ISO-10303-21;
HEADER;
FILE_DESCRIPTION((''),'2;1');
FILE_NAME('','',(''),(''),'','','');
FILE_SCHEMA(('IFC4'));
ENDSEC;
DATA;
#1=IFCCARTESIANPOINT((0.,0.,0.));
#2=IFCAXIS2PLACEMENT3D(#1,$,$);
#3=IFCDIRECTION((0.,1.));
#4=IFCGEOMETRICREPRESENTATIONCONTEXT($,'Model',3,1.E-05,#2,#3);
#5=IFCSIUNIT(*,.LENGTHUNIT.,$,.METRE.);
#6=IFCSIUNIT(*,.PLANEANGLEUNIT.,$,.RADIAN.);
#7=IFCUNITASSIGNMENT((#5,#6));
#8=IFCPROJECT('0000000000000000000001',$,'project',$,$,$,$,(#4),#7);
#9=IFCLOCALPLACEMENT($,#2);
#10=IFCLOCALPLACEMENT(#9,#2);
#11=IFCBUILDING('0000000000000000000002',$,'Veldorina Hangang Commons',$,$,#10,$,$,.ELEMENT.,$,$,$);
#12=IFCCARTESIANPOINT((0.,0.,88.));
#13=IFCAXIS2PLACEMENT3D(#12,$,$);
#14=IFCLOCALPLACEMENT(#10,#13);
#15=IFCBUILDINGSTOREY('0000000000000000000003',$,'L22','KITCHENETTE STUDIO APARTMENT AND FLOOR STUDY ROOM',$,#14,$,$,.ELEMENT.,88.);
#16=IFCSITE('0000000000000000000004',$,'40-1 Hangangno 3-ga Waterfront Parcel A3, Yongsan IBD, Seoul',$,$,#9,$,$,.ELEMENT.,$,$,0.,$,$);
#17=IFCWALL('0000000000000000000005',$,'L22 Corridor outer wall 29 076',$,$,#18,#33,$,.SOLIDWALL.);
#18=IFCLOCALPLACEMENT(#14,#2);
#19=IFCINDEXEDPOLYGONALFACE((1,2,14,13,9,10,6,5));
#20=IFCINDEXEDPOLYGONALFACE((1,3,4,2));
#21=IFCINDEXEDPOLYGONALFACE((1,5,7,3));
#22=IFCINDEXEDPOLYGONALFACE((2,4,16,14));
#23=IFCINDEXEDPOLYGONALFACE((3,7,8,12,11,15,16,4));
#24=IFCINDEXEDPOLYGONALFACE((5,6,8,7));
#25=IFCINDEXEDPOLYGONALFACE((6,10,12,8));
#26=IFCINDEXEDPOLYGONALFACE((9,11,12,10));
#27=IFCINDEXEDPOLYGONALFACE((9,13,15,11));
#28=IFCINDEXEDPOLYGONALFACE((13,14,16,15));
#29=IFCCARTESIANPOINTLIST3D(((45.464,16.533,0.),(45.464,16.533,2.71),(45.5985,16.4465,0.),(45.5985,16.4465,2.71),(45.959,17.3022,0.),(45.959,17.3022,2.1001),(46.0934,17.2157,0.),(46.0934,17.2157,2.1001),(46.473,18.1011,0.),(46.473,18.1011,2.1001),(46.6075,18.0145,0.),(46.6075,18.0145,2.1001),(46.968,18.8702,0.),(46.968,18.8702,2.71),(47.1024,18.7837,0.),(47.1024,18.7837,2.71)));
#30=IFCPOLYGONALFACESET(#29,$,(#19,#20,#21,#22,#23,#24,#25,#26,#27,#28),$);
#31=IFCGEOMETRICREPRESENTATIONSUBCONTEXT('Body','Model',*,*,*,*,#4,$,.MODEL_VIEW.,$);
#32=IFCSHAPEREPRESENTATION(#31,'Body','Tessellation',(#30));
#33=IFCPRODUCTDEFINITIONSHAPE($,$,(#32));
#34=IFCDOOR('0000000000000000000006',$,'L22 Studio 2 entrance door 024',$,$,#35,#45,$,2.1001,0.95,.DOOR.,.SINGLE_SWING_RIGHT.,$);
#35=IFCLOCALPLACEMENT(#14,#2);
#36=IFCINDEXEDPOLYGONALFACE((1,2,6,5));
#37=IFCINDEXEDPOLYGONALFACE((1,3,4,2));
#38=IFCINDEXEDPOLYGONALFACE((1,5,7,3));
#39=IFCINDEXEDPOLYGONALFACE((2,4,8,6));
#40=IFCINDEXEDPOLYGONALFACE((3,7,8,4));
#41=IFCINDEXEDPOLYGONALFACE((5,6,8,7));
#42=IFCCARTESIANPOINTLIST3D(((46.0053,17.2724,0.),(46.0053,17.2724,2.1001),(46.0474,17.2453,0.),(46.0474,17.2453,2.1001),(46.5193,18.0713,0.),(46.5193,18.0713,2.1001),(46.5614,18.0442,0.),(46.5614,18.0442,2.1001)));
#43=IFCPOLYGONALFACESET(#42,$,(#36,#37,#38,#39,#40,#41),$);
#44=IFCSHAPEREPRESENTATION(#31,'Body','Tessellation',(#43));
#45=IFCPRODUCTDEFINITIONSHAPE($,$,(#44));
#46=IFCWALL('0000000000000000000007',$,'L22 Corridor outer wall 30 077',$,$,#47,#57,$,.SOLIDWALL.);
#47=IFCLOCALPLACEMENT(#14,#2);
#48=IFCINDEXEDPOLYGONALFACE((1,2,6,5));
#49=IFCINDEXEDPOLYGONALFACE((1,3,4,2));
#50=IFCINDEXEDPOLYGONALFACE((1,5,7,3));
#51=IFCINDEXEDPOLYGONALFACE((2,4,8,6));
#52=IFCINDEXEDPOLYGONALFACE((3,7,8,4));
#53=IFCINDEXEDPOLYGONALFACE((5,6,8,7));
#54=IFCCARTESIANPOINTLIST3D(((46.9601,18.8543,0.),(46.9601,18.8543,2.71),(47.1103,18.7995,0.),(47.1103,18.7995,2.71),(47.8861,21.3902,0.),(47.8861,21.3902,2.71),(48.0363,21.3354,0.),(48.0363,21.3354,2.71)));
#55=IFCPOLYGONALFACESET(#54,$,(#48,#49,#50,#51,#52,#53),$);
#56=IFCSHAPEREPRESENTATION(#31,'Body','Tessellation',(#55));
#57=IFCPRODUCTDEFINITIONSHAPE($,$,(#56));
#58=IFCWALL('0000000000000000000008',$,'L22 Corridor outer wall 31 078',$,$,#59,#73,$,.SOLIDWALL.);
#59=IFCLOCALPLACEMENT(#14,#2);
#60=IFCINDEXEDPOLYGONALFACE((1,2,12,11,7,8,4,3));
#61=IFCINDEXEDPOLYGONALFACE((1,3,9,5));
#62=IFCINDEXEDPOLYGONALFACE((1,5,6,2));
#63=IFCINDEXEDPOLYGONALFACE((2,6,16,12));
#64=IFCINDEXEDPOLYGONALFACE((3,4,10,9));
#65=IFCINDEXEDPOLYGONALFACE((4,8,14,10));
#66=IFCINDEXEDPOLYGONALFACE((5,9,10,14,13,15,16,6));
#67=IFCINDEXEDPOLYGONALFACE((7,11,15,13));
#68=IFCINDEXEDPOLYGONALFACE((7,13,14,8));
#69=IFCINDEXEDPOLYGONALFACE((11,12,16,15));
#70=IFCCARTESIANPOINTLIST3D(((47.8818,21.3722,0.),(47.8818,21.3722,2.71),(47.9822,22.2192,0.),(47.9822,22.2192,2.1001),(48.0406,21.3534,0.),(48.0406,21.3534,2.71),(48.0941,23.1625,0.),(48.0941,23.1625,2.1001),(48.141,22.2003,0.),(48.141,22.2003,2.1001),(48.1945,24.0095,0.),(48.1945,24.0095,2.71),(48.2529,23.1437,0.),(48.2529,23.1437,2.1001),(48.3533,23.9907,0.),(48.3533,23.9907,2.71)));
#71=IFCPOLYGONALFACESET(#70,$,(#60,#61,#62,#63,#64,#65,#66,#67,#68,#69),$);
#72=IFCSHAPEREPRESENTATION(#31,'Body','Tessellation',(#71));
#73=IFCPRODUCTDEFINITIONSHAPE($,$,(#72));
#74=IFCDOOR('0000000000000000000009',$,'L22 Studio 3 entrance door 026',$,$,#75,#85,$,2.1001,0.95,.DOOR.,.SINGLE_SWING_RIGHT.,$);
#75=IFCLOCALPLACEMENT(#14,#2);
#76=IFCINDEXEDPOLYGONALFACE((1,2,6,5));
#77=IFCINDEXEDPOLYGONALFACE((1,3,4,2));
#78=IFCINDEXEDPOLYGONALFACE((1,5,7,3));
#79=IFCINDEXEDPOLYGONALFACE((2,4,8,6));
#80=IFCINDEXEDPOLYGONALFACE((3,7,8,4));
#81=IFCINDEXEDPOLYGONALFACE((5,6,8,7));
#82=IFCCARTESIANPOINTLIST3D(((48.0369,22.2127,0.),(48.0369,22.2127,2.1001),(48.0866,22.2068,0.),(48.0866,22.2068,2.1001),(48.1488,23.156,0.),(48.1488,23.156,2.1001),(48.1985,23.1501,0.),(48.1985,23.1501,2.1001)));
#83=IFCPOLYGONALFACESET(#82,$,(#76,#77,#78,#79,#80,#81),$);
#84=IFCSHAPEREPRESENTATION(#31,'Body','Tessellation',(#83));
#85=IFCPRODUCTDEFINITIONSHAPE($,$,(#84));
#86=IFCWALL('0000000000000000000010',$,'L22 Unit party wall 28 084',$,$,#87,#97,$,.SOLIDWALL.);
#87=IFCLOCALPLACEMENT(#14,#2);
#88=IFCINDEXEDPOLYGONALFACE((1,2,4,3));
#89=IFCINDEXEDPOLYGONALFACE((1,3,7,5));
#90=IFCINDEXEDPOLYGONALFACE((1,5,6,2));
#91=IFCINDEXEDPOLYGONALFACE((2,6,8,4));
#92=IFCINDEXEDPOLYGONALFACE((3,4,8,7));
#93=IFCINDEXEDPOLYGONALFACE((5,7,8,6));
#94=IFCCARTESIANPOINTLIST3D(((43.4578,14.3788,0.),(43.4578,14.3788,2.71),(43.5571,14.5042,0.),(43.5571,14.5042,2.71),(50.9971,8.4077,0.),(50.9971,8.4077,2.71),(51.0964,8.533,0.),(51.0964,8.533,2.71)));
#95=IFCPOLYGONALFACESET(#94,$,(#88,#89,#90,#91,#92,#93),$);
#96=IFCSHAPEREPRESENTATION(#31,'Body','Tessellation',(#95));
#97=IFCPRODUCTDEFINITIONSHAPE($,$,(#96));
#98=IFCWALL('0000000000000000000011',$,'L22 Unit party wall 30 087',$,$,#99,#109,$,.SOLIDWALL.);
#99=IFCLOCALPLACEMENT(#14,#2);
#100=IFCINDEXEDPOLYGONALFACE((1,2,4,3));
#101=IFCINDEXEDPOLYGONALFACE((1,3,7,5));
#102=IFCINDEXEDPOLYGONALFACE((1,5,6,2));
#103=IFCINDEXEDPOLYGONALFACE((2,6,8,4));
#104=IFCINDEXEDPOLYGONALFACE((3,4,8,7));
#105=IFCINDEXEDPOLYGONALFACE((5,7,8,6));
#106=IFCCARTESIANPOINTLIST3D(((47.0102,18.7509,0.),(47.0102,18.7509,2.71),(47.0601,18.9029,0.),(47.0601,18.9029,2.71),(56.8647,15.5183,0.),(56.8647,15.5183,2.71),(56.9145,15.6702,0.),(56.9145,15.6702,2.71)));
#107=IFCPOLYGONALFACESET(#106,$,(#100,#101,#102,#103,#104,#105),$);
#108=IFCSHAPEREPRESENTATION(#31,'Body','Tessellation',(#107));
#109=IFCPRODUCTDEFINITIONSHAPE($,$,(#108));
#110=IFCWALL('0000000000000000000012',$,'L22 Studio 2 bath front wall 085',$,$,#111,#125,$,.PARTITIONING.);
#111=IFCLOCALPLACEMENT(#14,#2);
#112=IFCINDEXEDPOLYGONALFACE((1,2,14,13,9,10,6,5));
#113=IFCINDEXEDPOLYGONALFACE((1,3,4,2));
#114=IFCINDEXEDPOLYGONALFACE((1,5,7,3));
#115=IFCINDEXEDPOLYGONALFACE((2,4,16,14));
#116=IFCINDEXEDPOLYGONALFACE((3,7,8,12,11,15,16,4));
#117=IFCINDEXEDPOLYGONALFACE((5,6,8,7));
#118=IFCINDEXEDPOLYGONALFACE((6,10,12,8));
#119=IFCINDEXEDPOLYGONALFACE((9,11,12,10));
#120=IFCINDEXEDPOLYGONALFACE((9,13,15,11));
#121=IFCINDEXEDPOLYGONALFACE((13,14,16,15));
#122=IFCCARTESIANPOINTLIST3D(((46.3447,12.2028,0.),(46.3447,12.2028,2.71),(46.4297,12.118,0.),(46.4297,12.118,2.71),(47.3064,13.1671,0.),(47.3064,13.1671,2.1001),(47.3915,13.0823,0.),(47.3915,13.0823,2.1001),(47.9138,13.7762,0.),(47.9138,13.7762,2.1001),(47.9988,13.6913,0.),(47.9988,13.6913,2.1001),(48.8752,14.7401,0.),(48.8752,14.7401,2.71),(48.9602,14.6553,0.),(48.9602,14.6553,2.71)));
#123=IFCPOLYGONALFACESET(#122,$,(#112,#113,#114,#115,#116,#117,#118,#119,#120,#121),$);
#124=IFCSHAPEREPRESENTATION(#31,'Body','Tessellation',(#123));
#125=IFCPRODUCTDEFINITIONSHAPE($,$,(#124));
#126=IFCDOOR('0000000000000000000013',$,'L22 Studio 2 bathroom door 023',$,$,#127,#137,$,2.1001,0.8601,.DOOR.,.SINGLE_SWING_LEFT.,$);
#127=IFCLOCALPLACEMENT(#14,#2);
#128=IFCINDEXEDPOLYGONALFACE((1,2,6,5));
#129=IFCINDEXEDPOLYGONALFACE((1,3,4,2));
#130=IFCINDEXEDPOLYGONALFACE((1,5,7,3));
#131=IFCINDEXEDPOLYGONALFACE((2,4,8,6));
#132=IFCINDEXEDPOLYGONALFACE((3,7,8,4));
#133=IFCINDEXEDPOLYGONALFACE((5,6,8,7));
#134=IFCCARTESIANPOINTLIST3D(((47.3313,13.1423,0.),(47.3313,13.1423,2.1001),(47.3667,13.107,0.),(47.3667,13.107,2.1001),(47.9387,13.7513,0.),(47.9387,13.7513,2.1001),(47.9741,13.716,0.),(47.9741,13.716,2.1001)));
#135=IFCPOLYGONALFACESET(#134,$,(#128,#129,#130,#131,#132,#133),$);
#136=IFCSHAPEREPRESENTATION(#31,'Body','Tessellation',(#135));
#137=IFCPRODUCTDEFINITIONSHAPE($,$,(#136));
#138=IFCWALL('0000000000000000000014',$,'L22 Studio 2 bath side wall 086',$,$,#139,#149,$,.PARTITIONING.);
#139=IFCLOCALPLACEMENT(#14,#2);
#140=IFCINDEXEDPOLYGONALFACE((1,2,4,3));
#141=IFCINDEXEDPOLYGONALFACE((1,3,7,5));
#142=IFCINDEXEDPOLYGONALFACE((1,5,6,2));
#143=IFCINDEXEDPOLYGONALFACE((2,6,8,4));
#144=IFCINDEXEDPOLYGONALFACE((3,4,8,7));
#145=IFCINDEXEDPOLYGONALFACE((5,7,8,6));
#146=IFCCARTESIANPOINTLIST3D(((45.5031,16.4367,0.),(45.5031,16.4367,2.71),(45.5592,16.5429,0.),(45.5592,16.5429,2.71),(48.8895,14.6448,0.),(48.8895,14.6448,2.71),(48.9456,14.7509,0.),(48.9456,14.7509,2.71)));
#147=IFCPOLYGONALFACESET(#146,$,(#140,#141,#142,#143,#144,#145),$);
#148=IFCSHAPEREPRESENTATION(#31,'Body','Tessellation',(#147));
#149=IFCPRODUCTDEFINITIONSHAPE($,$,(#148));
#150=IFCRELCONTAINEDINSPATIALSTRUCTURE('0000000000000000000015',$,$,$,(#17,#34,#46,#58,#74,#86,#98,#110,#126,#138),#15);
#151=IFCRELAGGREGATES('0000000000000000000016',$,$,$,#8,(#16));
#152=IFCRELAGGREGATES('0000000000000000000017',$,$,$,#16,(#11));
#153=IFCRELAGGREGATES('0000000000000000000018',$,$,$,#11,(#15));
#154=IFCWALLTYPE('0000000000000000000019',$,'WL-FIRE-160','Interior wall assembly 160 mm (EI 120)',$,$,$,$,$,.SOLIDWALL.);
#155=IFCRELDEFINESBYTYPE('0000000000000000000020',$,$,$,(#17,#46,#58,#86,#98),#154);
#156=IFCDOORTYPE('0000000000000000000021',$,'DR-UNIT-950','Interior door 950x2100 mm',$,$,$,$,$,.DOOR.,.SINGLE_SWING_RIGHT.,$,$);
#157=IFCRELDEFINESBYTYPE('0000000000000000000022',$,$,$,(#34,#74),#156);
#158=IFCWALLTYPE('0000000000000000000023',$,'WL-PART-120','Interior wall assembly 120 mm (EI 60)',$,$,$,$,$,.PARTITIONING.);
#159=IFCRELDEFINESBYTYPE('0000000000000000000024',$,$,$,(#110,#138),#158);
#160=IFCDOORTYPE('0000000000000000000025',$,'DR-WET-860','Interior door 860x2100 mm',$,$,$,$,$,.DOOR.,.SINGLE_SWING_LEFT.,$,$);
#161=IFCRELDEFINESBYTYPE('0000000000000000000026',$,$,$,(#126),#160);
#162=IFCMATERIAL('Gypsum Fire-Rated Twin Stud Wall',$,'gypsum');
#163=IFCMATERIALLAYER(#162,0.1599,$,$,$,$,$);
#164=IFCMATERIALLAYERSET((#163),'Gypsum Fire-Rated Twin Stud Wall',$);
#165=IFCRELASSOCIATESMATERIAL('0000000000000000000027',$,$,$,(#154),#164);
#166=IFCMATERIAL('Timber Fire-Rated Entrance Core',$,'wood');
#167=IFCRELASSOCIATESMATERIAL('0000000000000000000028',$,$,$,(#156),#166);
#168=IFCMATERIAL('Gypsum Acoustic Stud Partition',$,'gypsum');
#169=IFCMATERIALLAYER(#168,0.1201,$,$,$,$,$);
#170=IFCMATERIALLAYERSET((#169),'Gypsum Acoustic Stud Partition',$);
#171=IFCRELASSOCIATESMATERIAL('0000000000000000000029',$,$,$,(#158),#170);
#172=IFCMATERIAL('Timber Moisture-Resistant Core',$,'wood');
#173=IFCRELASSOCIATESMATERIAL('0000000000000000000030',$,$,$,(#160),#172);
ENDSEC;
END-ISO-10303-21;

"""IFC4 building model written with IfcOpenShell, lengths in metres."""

from ifc_helpers import new_model, si_unit, direction, frame, frame_2d, origin, place, context, subcontext, project, spatial, rectangle, extrude, material, layer, layer_set, type_object, element, fill, save


model = new_model("IFC4")

# Units and contexts
model_context = context("Model", 3, precision=1e-05, world=origin(), true_north=direction((0.0, 1.0)))
body_context = subcontext(model_context, "Body", "Model", "MODEL_VIEW")
ifc_project = project(units=[si_unit("LENGTHUNIT", "METRE"), si_unit("PLANEANGLEUNIT", "RADIAN")], contexts=[model_context])

# Site, building, storey
site_placement = place(None, origin())
site = spatial("IfcSite", under=ifc_project, at=site_placement, Name="40-1 Hangangno 3-ga Waterfront Parcel A3, Yongsan IBD, Seoul", CompositionType="ELEMENT", RefElevation=0.0)
building_placement = place(site_placement, origin())
building = spatial("IfcBuilding", under=site, at=building_placement, Name="Veldorina Hangang Commons", CompositionType="ELEMENT")
storey_placement = place(building_placement, frame((0.0, 0.0, 88.0)))
storey = spatial("IfcBuildingStorey", under=building, at=storey_placement, Name="L22", Description="KITCHENETTE STUDIO APARTMENT AND FLOOR STUDY ROOM", CompositionType="ELEMENT", Elevation=88.0)

# Shared definitions
ifc_material_1 = material(Name="Gypsum Fire-Rated Twin Stud Wall", Category="gypsum")
ifc_layer_1 = layer(ifc_material_1, 0.1599)
ifc_layer_set_1 = layer_set([ifc_layer_1], Name="Gypsum Fire-Rated Twin Stud Wall")
wall_type_1 = type_object("IfcWallType", Name="WL-FIRE-160", Description="Interior wall assembly 160 mm (EI 120)", PredefinedType="SOLIDWALL", material=ifc_layer_set_1)

# Wall, opening, door
wall_1_placement = place(storey_placement, frame((45.5312, 16.4897, 0.0), z_axis=(0.0, 0.0, 1.0), x_axis=(0.541126, 0.840941, 0.0)))
wall_1 = element("IfcWall", 1, at=wall_1_placement, inside=storey, type_object=wall_type_1, Name="L22 Corridor outer wall 29 076", PredefinedType="SOLIDWALL", context=body_context, shape_type="SweptSolid", body=[
    extrude(rectangle(XDim=2.7793, YDim=0.1599, at=frame_2d((1.3896, 0.0))), origin(), (0.0, 0.0, 1.0), 2.71),
])
opening_1_placement = place(wall_1_placement, frame((0.9146, 0.0, 0.0)))
opening_1 = element("IfcOpeningElement", 2, at=opening_1_placement, cuts=wall_1, PredefinedType="OPENING", context=body_context, shape_type="SweptSolid", body=[
    extrude(rectangle(XDim=0.95, YDim=2.1001, at=frame_2d((0.4751, 1.05))), frame((0.0, 0.0898, 0.0), z_axis=(0.0, -1.0, 0.0), x_axis=(1.0, 0.0, 0.0)), (0.0, 0.0, 1.0), 0.1799),
])
ifc_material_2 = material(Name="Timber Fire-Rated Entrance Core", Category="wood")
door_type_1 = type_object("IfcDoorType", Name="DR-UNIT-950", Description="Interior door 950x2100 mm", OperationType="SINGLE_SWING_RIGHT", PredefinedType="DOOR", material=ifc_material_2)
door_1_placement = place(opening_1_placement, origin())
door_1 = element("IfcDoor", 3, at=door_1_placement, inside=storey, type_object=door_type_1, Name="L22 Studio 2 entrance door 024", OperationType="SINGLE_SWING_RIGHT", OverallHeight=2.1001, OverallWidth=0.95, PredefinedType="DOOR", context=body_context, shape_type="SweptSolid", body=[
    extrude(rectangle(XDim=0.95, YDim=2.1001, at=frame_2d((0.4751, 1.05))), frame((0.0, 0.0249, 0.0), z_axis=(0.0, -1.0, 0.0), x_axis=(1.0, 0.0, 0.0)), (0.0, 0.0, 1.0), 0.05),
])
fill(opening_1, door_1)

# Wall
wall_2_placement = place(storey_placement, frame((47.0352, 18.8269, 0.0), z_axis=(0.0, 0.0, 1.0), x_axis=(0.343013, 0.93933, 0.0)))
element("IfcWall", 4, at=wall_2_placement, inside=storey, type_object=wall_type_1, Name="L22 Corridor outer wall 30 077", PredefinedType="SOLIDWALL", context=body_context, shape_type="SweptSolid", body=[
    extrude(rectangle(XDim=2.6997, YDim=0.1599, at=frame_2d((1.3499, 0.0))), origin(), (0.0, 0.0, 1.0), 2.71),
])

# Wall, opening, door
wall_3_placement = place(storey_placement, frame((47.9612, 21.3628, 0.0), z_axis=(0.0, 0.0, 1.0), x_axis=(0.117764, 0.993042, 0.0)))
wall_3 = element("IfcWall", 5, at=wall_3_placement, inside=storey, type_object=wall_type_1, Name="L22 Corridor outer wall 31 078", PredefinedType="SOLIDWALL", context=body_context, shape_type="SweptSolid", body=[
    extrude(rectangle(XDim=2.6558, YDim=0.1599, at=frame_2d((1.3279, 0.0))), origin(), (0.0, 0.0, 1.0), 2.71),
])
opening_2_placement = place(wall_3_placement, frame((0.8528, 0.0, 0.0)))
opening_2 = element("IfcOpeningElement", 6, at=opening_2_placement, cuts=wall_3, PredefinedType="OPENING", context=body_context, shape_type="SweptSolid", body=[
    extrude(rectangle(XDim=0.95, YDim=2.1001, at=frame_2d((0.4751, 1.05))), frame((0.0, 0.0898, 0.0), z_axis=(0.0, -1.0, 0.0), x_axis=(1.0, 0.0, 0.0)), (0.0, 0.0, 1.0), 0.1799),
])
door_2_placement = place(opening_2_placement, origin())
door_2 = element("IfcDoor", 7, at=door_2_placement, inside=storey, type_object=door_type_1, Name="L22 Studio 3 entrance door 026", OperationType="SINGLE_SWING_RIGHT", OverallHeight=2.1001, OverallWidth=0.95, PredefinedType="DOOR", context=body_context, shape_type="SweptSolid", body=[
    extrude(rectangle(XDim=0.95, YDim=2.1001, at=frame_2d((0.4751, 1.05))), frame((0.0, 0.0249, 0.0), z_axis=(0.0, -1.0, 0.0), x_axis=(1.0, 0.0, 0.0)), (0.0, 0.0, 1.0), 0.05),
])
fill(opening_2, door_2)

# Walls
wall_4_placement = place(storey_placement, frame((43.5076, 14.4414, 0.0), z_axis=(0.0, 0.0, 1.0), x_axis=(0.783916, -0.620867, 0.0)))
element("IfcWall", 8, at=wall_4_placement, inside=storey, type_object=wall_type_1, Name="L22 Unit party wall 28 084", PredefinedType="SOLIDWALL", context=body_context, shape_type="SweptSolid", body=[
    extrude(rectangle(XDim=9.6174, YDim=0.1599, at=frame_2d((4.8086, 0.0))), origin(), (0.0, 0.0, 1.0), 2.71),
])
wall_5_placement = place(storey_placement, frame((47.0352, 18.8269, 0.0), z_axis=(0.0, 0.0, 1.0), x_axis=(0.950181, -0.311697, 0.0)))
element("IfcWall", 9, at=wall_5_placement, inside=storey, type_object=wall_type_1, Name="L22 Unit party wall 30 087", PredefinedType="SOLIDWALL", context=body_context, shape_type="SweptSolid", body=[
    extrude(rectangle(XDim=10.3711, YDim=0.1599, at=frame_2d((5.1855, 0.0))), origin(), (0.0, 0.0, 1.0), 2.71),
])

# Wall, opening, door
ifc_material_3 = material(Name="Gypsum Acoustic Stud Partition", Category="gypsum")
ifc_layer_2 = layer(ifc_material_3, 0.1201)
ifc_layer_set_2 = layer_set([ifc_layer_2], Name="Gypsum Acoustic Stud Partition")
wall_type_2 = type_object("IfcWallType", Name="WL-PART-120", Description="Interior wall assembly 120 mm (EI 60)", PredefinedType="PARTITIONING", material=ifc_layer_set_2)
wall_6_placement = place(storey_placement, frame((46.3872, 12.1604, 0.0), z_axis=(0.0, 0.0, 1.0), x_axis=(0.706152, 0.70806, 0.0)))
wall_6 = element("IfcWall", 10, at=wall_6_placement, inside=storey, type_object=wall_type_2, Name="L22 Studio 2 bath front wall 085", PredefinedType="PARTITIONING", context=body_context, shape_type="SweptSolid", body=[
    extrude(rectangle(XDim=3.5835, YDim=0.1201, at=frame_2d((1.7917, 0.0))), origin(), (0.0, 0.0, 1.0), 2.71),
])
opening_3_placement = place(wall_6_placement, frame((1.3618, 0.0, 0.0)))
opening_3 = element("IfcOpeningElement", 11, at=opening_3_placement, cuts=wall_6, PredefinedType="OPENING", context=body_context, shape_type="SweptSolid", body=[
    extrude(rectangle(XDim=0.8601, YDim=2.1001, at=frame_2d((0.4302, 1.05))), frame((0.0, 0.0701, 0.0), z_axis=(0.0, -1.0, 0.0), x_axis=(1.0, 0.0, 0.0)), (0.0, 0.0, 1.0), 0.1401),
])
ifc_material_4 = material(Name="Timber Moisture-Resistant Core", Category="wood")
door_type_2 = type_object("IfcDoorType", Name="DR-WET-860", Description="Interior door 860x2100 mm", OperationType="SINGLE_SWING_LEFT", PredefinedType="DOOR", material=ifc_material_4)
door_3_placement = place(opening_3_placement, origin())
door_3 = element("IfcDoor", 12, at=door_3_placement, inside=storey, type_object=door_type_2, Name="L22 Studio 2 bathroom door 023", OperationType="SINGLE_SWING_LEFT", OverallHeight=2.1001, OverallWidth=0.8601, PredefinedType="DOOR", context=body_context, shape_type="SweptSolid", body=[
    extrude(rectangle(XDim=0.8601, YDim=2.1001, at=frame_2d((0.4302, 1.05))), frame((0.0, 0.0249, 0.0), z_axis=(0.0, -1.0, 0.0), x_axis=(1.0, 0.0, 0.0)), (0.0, 0.0, 1.0), 0.05),
])
fill(opening_3, door_3)

# Wall
wall_7_placement = place(storey_placement, frame((45.5312, 16.4897, 0.0), z_axis=(0.0, 0.0, 1.0), x_axis=(0.883879, -0.467715, 0.0)))
element("IfcWall", 13, at=wall_7_placement, inside=storey, type_object=wall_type_2, Name="L22 Studio 2 bath side wall 086", PredefinedType="PARTITIONING", context=body_context, shape_type="SweptSolid", body=[
    extrude(rectangle(XDim=3.8313, YDim=0.1201, at=frame_2d((1.9155, 0.0))), origin(), (0.0, 0.0, 1.0), 2.71),
])

save(model, "model.ifc")
